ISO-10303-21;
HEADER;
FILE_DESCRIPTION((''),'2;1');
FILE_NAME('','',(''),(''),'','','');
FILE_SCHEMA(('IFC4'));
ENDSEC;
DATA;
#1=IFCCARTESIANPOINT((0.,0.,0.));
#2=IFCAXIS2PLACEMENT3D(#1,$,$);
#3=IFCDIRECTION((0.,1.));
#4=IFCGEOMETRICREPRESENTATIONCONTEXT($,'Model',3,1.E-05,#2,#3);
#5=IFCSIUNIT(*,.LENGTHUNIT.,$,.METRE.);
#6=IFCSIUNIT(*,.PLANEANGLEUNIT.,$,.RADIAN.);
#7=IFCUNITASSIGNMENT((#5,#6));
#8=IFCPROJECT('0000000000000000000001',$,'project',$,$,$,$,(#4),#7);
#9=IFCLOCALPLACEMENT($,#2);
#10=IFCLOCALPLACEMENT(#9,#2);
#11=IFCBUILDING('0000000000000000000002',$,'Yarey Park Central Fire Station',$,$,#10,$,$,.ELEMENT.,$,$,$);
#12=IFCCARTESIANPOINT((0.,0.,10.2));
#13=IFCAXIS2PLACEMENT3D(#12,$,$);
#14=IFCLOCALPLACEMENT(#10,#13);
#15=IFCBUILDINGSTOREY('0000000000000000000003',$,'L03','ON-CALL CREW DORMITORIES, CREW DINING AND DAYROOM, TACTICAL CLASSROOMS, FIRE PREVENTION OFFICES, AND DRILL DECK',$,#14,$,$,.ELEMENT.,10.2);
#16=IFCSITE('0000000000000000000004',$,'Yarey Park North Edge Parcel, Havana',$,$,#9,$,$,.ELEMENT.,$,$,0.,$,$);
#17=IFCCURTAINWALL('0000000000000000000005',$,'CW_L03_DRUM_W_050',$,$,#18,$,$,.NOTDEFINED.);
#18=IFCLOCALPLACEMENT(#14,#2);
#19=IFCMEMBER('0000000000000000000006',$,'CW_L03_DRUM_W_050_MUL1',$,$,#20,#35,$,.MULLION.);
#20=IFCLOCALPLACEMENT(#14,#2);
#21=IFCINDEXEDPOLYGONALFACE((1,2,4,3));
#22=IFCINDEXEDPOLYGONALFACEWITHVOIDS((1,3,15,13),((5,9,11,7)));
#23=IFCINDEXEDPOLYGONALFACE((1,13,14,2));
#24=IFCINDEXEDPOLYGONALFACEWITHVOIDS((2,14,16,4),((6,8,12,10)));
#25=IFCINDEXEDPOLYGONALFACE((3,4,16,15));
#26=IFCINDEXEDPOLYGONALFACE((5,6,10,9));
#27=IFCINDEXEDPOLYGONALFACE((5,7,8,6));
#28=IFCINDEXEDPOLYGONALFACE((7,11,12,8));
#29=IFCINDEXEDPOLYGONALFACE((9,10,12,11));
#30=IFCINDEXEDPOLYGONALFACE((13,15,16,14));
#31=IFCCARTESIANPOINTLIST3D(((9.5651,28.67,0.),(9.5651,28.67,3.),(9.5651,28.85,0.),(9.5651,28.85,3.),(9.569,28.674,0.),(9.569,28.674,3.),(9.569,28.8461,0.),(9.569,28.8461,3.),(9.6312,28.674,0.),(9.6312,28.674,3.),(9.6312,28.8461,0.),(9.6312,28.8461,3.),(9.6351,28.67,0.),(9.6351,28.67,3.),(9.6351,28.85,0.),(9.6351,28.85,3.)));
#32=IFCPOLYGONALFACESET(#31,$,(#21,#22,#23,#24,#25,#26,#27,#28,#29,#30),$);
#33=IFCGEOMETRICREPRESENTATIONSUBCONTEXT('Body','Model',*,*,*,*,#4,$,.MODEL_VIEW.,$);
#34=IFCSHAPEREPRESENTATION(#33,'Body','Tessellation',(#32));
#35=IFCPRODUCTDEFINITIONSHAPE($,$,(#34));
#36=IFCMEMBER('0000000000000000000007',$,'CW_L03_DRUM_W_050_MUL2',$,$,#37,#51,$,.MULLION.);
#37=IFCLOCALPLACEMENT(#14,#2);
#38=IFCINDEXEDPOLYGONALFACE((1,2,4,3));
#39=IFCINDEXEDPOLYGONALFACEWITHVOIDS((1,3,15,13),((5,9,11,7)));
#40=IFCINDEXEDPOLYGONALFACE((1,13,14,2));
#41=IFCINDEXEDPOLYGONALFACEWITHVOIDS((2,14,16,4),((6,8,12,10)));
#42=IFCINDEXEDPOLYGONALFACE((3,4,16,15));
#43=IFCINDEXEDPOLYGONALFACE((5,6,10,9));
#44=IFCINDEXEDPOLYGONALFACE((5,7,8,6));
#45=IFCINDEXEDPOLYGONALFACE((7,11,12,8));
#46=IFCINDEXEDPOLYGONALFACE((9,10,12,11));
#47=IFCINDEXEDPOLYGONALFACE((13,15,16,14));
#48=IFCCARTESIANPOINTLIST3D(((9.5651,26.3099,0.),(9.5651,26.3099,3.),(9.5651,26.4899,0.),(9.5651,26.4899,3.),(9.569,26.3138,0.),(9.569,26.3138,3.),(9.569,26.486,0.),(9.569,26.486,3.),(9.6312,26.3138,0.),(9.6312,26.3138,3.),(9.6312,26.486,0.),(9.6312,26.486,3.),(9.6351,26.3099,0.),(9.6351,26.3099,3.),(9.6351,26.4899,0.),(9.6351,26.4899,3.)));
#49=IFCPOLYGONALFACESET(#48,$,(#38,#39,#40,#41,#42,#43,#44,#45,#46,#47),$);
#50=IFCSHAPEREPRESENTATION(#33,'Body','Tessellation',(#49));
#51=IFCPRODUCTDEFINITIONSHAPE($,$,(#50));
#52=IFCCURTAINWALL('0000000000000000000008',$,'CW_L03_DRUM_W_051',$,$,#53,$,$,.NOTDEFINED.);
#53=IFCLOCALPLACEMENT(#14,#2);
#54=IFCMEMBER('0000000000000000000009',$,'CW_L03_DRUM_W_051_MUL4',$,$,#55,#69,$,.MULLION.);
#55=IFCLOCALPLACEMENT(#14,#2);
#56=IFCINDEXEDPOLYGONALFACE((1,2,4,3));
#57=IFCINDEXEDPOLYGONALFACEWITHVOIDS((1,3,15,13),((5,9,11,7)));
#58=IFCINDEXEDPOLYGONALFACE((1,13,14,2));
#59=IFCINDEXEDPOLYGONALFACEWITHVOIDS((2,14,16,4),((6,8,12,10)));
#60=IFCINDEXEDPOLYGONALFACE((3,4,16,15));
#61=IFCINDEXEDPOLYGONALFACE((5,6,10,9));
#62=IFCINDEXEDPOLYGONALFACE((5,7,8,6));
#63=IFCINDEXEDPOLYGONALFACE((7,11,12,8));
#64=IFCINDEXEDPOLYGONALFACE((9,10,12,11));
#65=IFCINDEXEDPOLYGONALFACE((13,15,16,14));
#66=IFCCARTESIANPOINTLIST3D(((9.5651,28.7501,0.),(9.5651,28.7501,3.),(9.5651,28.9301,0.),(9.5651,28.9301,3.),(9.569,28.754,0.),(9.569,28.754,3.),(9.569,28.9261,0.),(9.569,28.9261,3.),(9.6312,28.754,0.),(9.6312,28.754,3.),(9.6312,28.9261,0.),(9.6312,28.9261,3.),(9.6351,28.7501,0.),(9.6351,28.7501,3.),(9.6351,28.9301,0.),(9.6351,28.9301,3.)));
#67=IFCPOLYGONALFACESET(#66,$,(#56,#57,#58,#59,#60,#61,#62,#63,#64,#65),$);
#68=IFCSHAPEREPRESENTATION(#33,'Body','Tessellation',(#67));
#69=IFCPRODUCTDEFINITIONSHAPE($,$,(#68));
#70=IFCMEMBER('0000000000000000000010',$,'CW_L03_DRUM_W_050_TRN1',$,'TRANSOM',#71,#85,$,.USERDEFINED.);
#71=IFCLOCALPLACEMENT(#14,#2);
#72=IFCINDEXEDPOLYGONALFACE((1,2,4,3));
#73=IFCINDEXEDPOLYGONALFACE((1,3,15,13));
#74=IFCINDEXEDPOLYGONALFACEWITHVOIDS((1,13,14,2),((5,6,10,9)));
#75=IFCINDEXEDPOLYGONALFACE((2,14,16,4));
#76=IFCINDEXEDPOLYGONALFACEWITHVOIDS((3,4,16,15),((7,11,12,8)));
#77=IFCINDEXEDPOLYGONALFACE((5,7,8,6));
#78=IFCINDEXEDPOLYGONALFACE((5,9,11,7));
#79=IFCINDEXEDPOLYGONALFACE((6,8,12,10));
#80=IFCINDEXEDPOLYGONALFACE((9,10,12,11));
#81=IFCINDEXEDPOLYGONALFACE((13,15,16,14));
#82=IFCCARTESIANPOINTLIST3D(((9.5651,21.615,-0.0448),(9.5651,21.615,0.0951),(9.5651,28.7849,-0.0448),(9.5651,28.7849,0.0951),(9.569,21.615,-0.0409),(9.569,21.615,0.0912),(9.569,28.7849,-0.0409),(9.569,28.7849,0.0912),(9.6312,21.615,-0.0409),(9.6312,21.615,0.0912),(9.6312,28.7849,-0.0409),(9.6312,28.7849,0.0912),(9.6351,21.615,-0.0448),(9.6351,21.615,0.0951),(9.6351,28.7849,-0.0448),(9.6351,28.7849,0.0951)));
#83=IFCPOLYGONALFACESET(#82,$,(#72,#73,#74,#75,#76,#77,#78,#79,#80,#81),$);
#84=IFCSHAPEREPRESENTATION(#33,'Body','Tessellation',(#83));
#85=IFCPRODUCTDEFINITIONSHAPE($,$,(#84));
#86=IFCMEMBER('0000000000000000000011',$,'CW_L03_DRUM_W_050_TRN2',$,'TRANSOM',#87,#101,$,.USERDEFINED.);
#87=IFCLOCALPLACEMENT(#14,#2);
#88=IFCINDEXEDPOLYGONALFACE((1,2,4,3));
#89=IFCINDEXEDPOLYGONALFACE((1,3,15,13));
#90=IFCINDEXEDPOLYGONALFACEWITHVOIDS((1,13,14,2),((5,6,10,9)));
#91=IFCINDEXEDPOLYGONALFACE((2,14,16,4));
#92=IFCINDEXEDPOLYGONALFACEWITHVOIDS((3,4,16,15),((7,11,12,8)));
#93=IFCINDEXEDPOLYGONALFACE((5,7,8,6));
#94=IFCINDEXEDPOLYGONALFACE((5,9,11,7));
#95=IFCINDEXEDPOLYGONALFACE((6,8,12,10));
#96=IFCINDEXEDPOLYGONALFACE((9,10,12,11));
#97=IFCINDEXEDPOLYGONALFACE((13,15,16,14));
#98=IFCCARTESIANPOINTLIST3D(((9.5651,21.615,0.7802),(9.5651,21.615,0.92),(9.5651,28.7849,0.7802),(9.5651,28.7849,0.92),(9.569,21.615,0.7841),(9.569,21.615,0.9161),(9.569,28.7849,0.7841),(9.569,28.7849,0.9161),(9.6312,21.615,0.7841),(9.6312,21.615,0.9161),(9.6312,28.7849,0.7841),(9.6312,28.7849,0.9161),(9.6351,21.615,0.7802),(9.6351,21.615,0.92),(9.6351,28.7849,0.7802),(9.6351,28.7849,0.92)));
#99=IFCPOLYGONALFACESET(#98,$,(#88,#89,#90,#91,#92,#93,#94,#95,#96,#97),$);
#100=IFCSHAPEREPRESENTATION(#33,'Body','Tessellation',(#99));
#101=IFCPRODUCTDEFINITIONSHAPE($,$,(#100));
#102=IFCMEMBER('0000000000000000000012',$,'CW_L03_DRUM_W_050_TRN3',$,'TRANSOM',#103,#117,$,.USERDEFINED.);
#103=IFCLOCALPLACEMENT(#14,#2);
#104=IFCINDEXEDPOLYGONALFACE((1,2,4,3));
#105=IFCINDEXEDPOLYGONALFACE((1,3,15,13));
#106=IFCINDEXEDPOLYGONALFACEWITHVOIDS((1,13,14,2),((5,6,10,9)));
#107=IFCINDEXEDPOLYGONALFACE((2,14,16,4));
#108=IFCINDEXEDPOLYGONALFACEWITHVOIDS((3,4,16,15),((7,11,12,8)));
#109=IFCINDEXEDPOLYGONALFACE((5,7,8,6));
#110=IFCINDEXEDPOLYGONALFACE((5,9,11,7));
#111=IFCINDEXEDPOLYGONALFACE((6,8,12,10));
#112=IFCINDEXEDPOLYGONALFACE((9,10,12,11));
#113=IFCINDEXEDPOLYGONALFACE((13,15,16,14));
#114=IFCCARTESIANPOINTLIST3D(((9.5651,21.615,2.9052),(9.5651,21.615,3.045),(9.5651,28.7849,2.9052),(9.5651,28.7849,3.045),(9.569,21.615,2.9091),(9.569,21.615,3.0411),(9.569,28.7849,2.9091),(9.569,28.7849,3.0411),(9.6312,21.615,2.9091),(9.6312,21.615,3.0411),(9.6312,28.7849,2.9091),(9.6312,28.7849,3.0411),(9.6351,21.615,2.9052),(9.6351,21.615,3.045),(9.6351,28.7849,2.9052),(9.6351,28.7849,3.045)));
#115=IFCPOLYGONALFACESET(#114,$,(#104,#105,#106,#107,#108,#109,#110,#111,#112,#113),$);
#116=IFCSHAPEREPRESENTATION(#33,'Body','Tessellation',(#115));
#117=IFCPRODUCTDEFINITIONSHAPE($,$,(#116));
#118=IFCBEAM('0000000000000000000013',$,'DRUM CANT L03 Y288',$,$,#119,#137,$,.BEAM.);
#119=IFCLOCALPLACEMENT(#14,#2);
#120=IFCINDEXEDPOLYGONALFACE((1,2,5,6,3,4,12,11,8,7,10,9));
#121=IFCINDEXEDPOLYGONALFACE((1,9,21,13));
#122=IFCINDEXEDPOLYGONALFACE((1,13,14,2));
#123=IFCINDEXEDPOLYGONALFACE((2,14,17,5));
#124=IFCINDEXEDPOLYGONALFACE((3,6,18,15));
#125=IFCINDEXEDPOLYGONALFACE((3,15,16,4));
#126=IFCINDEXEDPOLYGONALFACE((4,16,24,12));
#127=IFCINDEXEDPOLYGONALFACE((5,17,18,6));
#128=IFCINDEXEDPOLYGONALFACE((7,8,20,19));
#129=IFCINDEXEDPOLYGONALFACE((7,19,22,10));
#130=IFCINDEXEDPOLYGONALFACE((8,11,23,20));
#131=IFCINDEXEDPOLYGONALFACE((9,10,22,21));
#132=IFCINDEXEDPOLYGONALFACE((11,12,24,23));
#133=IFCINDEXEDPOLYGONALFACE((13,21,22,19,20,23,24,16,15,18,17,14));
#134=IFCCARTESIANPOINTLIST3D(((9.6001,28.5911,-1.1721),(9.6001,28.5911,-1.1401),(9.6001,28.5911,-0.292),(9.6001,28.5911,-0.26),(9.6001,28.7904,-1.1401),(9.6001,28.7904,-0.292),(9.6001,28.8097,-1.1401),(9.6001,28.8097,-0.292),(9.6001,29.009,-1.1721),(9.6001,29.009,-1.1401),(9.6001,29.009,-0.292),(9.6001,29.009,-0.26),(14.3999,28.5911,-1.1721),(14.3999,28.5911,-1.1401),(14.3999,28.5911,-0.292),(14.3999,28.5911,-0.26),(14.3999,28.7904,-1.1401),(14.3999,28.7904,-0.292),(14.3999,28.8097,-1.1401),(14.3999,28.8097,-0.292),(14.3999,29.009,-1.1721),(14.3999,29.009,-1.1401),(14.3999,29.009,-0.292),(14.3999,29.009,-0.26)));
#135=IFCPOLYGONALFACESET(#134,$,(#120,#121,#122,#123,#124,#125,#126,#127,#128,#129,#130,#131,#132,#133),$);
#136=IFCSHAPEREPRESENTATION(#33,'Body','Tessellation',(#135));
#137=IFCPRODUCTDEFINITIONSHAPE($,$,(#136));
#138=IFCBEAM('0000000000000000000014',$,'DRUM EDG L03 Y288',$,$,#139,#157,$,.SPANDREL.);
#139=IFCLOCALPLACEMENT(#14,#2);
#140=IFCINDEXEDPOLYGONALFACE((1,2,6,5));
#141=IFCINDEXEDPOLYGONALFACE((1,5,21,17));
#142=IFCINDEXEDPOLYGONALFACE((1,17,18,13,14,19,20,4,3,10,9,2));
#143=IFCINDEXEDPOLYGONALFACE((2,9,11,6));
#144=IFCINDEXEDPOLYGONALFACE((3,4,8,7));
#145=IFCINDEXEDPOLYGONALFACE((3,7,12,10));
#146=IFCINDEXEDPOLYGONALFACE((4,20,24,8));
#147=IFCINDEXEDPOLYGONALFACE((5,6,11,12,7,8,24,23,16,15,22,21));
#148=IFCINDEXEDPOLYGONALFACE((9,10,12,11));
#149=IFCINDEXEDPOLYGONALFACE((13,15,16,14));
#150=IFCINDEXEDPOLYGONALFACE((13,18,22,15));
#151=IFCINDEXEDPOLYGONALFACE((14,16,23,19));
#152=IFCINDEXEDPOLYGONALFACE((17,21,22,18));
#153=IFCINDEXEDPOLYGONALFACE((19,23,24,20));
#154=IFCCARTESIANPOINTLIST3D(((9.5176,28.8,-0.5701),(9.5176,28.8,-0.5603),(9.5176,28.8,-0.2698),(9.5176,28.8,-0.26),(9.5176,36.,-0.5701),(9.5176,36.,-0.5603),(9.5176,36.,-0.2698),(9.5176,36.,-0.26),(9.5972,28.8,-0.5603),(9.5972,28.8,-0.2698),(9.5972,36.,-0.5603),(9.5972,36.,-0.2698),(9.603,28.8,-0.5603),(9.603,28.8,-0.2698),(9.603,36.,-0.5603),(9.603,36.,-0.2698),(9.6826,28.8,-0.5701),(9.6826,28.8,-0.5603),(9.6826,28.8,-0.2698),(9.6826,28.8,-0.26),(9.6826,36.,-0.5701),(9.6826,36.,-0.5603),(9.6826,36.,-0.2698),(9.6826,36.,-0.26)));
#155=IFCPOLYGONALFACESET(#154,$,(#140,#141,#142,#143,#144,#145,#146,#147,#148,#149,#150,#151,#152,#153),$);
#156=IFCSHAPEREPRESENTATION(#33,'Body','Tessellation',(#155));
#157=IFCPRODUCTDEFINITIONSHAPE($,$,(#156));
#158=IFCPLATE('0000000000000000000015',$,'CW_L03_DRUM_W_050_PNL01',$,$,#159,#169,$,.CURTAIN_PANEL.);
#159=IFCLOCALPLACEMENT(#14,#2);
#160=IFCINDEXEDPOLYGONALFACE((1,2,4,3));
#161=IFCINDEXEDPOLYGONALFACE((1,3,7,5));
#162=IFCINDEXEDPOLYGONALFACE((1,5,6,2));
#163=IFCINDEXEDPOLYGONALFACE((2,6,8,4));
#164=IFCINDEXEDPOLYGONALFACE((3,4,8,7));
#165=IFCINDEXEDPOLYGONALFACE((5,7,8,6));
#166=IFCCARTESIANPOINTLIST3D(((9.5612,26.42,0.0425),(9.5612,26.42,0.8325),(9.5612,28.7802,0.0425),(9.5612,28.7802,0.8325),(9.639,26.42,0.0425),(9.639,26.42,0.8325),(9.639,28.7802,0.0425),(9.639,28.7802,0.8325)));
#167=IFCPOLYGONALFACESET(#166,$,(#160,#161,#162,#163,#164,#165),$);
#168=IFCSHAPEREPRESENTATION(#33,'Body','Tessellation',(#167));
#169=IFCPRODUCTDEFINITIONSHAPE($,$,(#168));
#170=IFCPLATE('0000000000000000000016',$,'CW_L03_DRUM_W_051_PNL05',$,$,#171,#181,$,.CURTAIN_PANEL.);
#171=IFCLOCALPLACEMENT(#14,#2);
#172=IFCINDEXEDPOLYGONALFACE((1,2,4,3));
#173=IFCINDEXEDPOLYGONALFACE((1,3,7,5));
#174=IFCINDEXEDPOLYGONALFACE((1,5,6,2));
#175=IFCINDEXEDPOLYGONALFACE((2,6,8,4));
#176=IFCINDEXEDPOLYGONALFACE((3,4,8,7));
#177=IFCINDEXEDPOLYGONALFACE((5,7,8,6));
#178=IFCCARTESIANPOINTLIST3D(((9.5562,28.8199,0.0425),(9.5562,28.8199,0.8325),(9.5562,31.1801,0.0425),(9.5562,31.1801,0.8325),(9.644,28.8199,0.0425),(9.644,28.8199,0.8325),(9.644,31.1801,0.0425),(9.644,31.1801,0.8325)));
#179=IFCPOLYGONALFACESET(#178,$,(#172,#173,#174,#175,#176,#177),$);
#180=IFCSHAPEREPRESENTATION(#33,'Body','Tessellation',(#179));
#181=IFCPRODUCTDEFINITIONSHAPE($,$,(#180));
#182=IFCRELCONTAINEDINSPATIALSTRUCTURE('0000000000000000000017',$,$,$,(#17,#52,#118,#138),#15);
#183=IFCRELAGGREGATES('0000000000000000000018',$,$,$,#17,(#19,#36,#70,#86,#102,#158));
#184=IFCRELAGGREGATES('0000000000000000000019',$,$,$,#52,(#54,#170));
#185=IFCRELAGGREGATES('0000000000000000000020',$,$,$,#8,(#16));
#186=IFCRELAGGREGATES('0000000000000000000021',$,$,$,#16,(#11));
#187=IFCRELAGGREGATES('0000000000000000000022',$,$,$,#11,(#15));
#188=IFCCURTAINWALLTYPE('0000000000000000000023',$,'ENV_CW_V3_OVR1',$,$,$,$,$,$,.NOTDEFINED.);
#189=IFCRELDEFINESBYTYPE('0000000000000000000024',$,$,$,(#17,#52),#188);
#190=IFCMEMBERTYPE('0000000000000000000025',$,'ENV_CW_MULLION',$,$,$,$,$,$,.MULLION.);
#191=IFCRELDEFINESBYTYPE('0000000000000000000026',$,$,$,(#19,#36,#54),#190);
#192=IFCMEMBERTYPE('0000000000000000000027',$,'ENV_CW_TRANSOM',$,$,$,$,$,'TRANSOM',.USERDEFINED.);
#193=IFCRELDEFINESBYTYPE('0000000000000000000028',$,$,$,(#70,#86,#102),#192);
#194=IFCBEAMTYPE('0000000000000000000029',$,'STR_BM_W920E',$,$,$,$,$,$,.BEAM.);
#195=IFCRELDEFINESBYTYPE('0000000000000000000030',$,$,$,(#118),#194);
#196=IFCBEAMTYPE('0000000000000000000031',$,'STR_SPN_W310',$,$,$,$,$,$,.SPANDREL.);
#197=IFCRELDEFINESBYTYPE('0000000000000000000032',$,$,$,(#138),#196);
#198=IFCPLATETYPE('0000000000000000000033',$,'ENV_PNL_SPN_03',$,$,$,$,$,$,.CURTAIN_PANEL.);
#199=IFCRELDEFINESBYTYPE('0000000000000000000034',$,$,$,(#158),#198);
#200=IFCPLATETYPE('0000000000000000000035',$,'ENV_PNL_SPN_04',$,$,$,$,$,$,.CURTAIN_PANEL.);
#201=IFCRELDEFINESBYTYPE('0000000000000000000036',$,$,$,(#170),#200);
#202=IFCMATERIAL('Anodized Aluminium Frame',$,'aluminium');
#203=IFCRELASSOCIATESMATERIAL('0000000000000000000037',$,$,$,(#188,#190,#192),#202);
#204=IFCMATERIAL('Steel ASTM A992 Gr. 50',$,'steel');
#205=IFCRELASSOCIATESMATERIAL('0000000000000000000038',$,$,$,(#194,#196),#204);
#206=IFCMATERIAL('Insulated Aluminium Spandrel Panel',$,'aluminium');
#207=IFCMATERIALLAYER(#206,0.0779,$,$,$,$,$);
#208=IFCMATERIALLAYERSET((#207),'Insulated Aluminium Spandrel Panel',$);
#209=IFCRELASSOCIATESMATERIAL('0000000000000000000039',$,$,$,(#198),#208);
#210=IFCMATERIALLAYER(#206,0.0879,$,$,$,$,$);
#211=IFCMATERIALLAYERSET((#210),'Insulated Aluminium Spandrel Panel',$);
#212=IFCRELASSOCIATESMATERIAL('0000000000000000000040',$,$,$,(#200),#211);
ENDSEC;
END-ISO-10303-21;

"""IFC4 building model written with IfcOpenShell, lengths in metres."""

from ifc_helpers import new_model, si_unit, direction, frame, origin, origin_2d, place, context, subcontext, project, spatial, rectangle, hollow_rectangle, i_section, extrude, material, layer, layer_set, material_profile, profile_set, type_object, element, aggregate, save


model = new_model("IFC4")

# Units and contexts
model_context = context("Model", 3, precision=1e-05, world=origin(), true_north=direction((0.0, 1.0)))
body_context = subcontext(model_context, "Body", "Model", "MODEL_VIEW")
ifc_project = project(units=[si_unit("LENGTHUNIT", "METRE"), si_unit("PLANEANGLEUNIT", "RADIAN")], contexts=[model_context])

# Site, building, storey
site_placement = place(None, origin())
site = spatial("IfcSite", under=ifc_project, at=site_placement, Name="Yarey Park North Edge Parcel, Havana", CompositionType="ELEMENT", RefElevation=0.0)
building_placement = place(site_placement, origin())
building = spatial("IfcBuilding", under=site, at=building_placement, Name="Yarey Park Central Fire Station", CompositionType="ELEMENT")
storey_placement = place(building_placement, frame((0.0, 0.0, 10.2)))
storey = spatial("IfcBuildingStorey", under=building, at=storey_placement, Name="L03", Description="ON-CALL CREW DORMITORIES, CREW DINING AND DAYROOM, TACTICAL CLASSROOMS, FIRE PREVENTION OFFICES, AND DRILL DECK", CompositionType="ELEMENT", Elevation=10.2)

# Curtain wall, members
ifc_material_1 = material(Name="Anodized Aluminium Frame", Category="aluminium")
curtain_wall_type = type_object("IfcCurtainWallType", Name="ENV_CW_V3_OVR1", PredefinedType="NOTDEFINED", material=ifc_material_1)
curtain_wall_1_placement = place(storey_placement, origin())
curtain_wall_1 = element("IfcCurtainWall", 1, at=curtain_wall_1_placement, inside=storey, type_object=curtain_wall_type, Name="CW_L03_DRUM_W_050", PredefinedType="NOTDEFINED")
ifc_material_profile_1 = material_profile(ifc_material_1, hollow_rectangle(XDim=0.0701, YDim=0.1799, WallThickness=0.0039, at=origin_2d()), Name="ALU 180x70x4")
ifc_profile_set_1 = profile_set([ifc_material_profile_1], Name="Anodized Aluminium Frame")
member_type_1 = type_object("IfcMemberType", Name="ENV_CW_MULLION", PredefinedType="MULLION", material=ifc_profile_set_1)
member_1_placement = place(storey_placement, frame((9.6001, 28.76, 0.0), z_axis=(0.0, 0.0, 1.0), x_axis=(1.0, 0.0, 0.0)))
member_1 = element("IfcMember", 2, at=member_1_placement, type_object=member_type_1, Name="CW_L03_DRUM_W_050_MUL1", PredefinedType="MULLION", context=body_context, shape_type="SweptSolid", body=[
    extrude(hollow_rectangle(XDim=0.0701, YDim=0.1799, WallThickness=0.0039, at=origin_2d()), origin(), (0.0, 0.0, 1.0), 3.0),
])
member_2_placement = place(storey_placement, frame((9.6001, 26.3999, 0.0), z_axis=(0.0, 0.0, 1.0), x_axis=(1.0, 0.0, 0.0)))
member_2 = element("IfcMember", 3, at=member_2_placement, type_object=member_type_1, Name="CW_L03_DRUM_W_050_MUL2", PredefinedType="MULLION", context=body_context, shape_type="SweptSolid", body=[
    extrude(hollow_rectangle(XDim=0.0701, YDim=0.1799, WallThickness=0.0039, at=origin_2d()), origin(), (0.0, 0.0, 1.0), 3.0),
])

# Curtain wall, member
curtain_wall_2_placement = place(storey_placement, origin())
curtain_wall_2 = element("IfcCurtainWall", 4, at=curtain_wall_2_placement, inside=storey, type_object=curtain_wall_type, Name="CW_L03_DRUM_W_051", PredefinedType="NOTDEFINED")
member_3_placement = place(storey_placement, frame((9.6001, 28.8401, 0.0), z_axis=(0.0, 0.0, 1.0), x_axis=(1.0, 0.0, 0.0)))
member_3 = element("IfcMember", 5, at=member_3_placement, type_object=member_type_1, Name="CW_L03_DRUM_W_051_MUL4", PredefinedType="MULLION", context=body_context, shape_type="SweptSolid", body=[
    extrude(hollow_rectangle(XDim=0.0701, YDim=0.1799, WallThickness=0.0039, at=origin_2d()), origin(), (0.0, 0.0, 1.0), 3.0),
])

# Members
ifc_material_profile_2 = material_profile(ifc_material_1, hollow_rectangle(XDim=0.0701, YDim=0.1399, WallThickness=0.0039, at=origin_2d()), Name="ALU 140x70x4")
ifc_profile_set_2 = profile_set([ifc_material_profile_2], Name="Anodized Aluminium Frame")
member_type_2 = type_object("IfcMemberType", Name="ENV_CW_TRANSOM", ElementType="TRANSOM", PredefinedType="USERDEFINED", material=ifc_profile_set_2)
member_4_placement = place(storey_placement, frame((9.6001, 28.7849, 0.0251), z_axis=(0.0, -1.0, 0.0), x_axis=(1.0, 0.0, 0.0)))
member_4 = element("IfcMember", 6, at=member_4_placement, type_object=member_type_2, Name="CW_L03_DRUM_W_050_TRN1", ObjectType="TRANSOM", PredefinedType="USERDEFINED", context=body_context, shape_type="SweptSolid", body=[
    extrude(hollow_rectangle(XDim=0.0701, YDim=0.1399, WallThickness=0.0039, at=origin_2d()), origin(), (0.0, 0.0, 1.0), 7.1699),
])
member_5_placement = place(storey_placement, frame((9.6001, 28.7849, 0.8501), z_axis=(0.0, -1.0, 0.0), x_axis=(1.0, 0.0, 0.0)))
member_5 = element("IfcMember", 7, at=member_5_placement, type_object=member_type_2, Name="CW_L03_DRUM_W_050_TRN2", ObjectType="TRANSOM", PredefinedType="USERDEFINED", context=body_context, shape_type="SweptSolid", body=[
    extrude(hollow_rectangle(XDim=0.0701, YDim=0.1399, WallThickness=0.0039, at=origin_2d()), origin(), (0.0, 0.0, 1.0), 7.1699),
])
member_6_placement = place(storey_placement, frame((9.6001, 28.7849, 2.9751), z_axis=(0.0, -1.0, 0.0), x_axis=(1.0, 0.0, 0.0)))
member_6 = element("IfcMember", 8, at=member_6_placement, type_object=member_type_2, Name="CW_L03_DRUM_W_050_TRN3", ObjectType="TRANSOM", PredefinedType="USERDEFINED", context=body_context, shape_type="SweptSolid", body=[
    extrude(hollow_rectangle(XDim=0.0701, YDim=0.1399, WallThickness=0.0039, at=origin_2d()), origin(), (0.0, 0.0, 1.0), 7.1699),
])

# Beams
ifc_material_2 = material(Name="Steel ASTM A992 Gr. 50", Category="steel")
ifc_material_profile_3 = material_profile(ifc_material_2, i_section(OverallWidth=0.418, OverallDepth=0.9121, WebThickness=0.0193, FlangeThickness=0.032, at=origin_2d()), Name="W920x342")
ifc_profile_set_3 = profile_set([ifc_material_profile_3], Name="Steel ASTM A992 Gr. 50")
beam_type_1 = type_object("IfcBeamType", Name="STR_BM_W920E", PredefinedType="BEAM", material=ifc_profile_set_3)
beam_1_placement = place(storey_placement, frame((9.6001, 28.8, -0.7161), z_axis=(1.0, 0.0, 0.0), x_axis=(0.0, 1.0, 0.0)))
element("IfcBeam", 9, at=beam_1_placement, inside=storey, type_object=beam_type_1, Name="DRUM CANT L03 Y288", PredefinedType="BEAM", context=body_context, shape_type="SweptSolid", body=[
    extrude(i_section(OverallWidth=0.418, OverallDepth=0.9121, WebThickness=0.0193, FlangeThickness=0.032, at=origin_2d()), origin(), (0.0, 0.0, 1.0), 4.7998),
])
ifc_material_profile_4 = material_profile(ifc_material_2, i_section(OverallWidth=0.165, OverallDepth=0.3101, WebThickness=0.0059, FlangeThickness=0.0098, at=origin_2d()), Name="W310x39")
ifc_profile_set_4 = profile_set([ifc_material_profile_4], Name="Steel ASTM A992 Gr. 50")
beam_type_2 = type_object("IfcBeamType", Name="STR_SPN_W310", PredefinedType="SPANDREL", material=ifc_profile_set_4)
beam_2_placement = place(storey_placement, frame((9.6001, 28.8, -0.415), z_axis=(0.0, 1.0, 0.0), x_axis=(-1.0, 0.0, 0.0)))
element("IfcBeam", 10, at=beam_2_placement, inside=storey, type_object=beam_type_2, Name="DRUM EDG L03 Y288", PredefinedType="SPANDREL", context=body_context, shape_type="SweptSolid", body=[
    extrude(i_section(OverallWidth=0.165, OverallDepth=0.3101, WebThickness=0.0059, FlangeThickness=0.0098, at=origin_2d()), origin(), (0.0, 0.0, 1.0), 7.2),
])

# Plates
ifc_material_3 = material(Name="Insulated Aluminium Spandrel Panel", Category="aluminium")
ifc_layer_1 = layer(ifc_material_3, 0.0779)
ifc_layer_set_1 = layer_set([ifc_layer_1], Name="Insulated Aluminium Spandrel Panel")
plate_type_1 = type_object("IfcPlateType", Name="ENV_PNL_SPN_03", PredefinedType="CURTAIN_PANEL", material=ifc_layer_set_1)
plate_1_placement = place(storey_placement, frame((9.6001, 27.6001, 0.0425), z_axis=(0.0, 0.0, 1.0), x_axis=(0.0, -1.0, 0.0)))
plate_1 = element("IfcPlate", 11, at=plate_1_placement, type_object=plate_type_1, Name="CW_L03_DRUM_W_050_PNL01", PredefinedType="CURTAIN_PANEL", context=body_context, shape_type="SweptSolid", body=[
    extrude(rectangle(XDim=2.3601, YDim=0.0779, at=origin_2d()), origin(), (0.0, 0.0, 1.0), 0.79),
])
ifc_layer_2 = layer(ifc_material_3, 0.0879)
ifc_layer_set_2 = layer_set([ifc_layer_2], Name="Insulated Aluminium Spandrel Panel")
plate_type_2 = type_object("IfcPlateType", Name="ENV_PNL_SPN_04", PredefinedType="CURTAIN_PANEL", material=ifc_layer_set_2)
plate_2_placement = place(storey_placement, frame((9.6001, 30.0, 0.0425), z_axis=(0.0, 0.0, 1.0), x_axis=(0.0, -1.0, 0.0)))
plate_2 = element("IfcPlate", 12, at=plate_2_placement, type_object=plate_type_2, Name="CW_L03_DRUM_W_051_PNL05", PredefinedType="CURTAIN_PANEL", context=body_context, shape_type="SweptSolid", body=[
    extrude(rectangle(XDim=2.3601, YDim=0.0879, at=origin_2d()), origin(), (0.0, 0.0, 1.0), 0.79),
])
aggregate(curtain_wall_1, [member_1, member_2, member_4, member_5, member_6, plate_1])
aggregate(curtain_wall_2, [member_3, plate_2])

save(model, "model.ifc")
